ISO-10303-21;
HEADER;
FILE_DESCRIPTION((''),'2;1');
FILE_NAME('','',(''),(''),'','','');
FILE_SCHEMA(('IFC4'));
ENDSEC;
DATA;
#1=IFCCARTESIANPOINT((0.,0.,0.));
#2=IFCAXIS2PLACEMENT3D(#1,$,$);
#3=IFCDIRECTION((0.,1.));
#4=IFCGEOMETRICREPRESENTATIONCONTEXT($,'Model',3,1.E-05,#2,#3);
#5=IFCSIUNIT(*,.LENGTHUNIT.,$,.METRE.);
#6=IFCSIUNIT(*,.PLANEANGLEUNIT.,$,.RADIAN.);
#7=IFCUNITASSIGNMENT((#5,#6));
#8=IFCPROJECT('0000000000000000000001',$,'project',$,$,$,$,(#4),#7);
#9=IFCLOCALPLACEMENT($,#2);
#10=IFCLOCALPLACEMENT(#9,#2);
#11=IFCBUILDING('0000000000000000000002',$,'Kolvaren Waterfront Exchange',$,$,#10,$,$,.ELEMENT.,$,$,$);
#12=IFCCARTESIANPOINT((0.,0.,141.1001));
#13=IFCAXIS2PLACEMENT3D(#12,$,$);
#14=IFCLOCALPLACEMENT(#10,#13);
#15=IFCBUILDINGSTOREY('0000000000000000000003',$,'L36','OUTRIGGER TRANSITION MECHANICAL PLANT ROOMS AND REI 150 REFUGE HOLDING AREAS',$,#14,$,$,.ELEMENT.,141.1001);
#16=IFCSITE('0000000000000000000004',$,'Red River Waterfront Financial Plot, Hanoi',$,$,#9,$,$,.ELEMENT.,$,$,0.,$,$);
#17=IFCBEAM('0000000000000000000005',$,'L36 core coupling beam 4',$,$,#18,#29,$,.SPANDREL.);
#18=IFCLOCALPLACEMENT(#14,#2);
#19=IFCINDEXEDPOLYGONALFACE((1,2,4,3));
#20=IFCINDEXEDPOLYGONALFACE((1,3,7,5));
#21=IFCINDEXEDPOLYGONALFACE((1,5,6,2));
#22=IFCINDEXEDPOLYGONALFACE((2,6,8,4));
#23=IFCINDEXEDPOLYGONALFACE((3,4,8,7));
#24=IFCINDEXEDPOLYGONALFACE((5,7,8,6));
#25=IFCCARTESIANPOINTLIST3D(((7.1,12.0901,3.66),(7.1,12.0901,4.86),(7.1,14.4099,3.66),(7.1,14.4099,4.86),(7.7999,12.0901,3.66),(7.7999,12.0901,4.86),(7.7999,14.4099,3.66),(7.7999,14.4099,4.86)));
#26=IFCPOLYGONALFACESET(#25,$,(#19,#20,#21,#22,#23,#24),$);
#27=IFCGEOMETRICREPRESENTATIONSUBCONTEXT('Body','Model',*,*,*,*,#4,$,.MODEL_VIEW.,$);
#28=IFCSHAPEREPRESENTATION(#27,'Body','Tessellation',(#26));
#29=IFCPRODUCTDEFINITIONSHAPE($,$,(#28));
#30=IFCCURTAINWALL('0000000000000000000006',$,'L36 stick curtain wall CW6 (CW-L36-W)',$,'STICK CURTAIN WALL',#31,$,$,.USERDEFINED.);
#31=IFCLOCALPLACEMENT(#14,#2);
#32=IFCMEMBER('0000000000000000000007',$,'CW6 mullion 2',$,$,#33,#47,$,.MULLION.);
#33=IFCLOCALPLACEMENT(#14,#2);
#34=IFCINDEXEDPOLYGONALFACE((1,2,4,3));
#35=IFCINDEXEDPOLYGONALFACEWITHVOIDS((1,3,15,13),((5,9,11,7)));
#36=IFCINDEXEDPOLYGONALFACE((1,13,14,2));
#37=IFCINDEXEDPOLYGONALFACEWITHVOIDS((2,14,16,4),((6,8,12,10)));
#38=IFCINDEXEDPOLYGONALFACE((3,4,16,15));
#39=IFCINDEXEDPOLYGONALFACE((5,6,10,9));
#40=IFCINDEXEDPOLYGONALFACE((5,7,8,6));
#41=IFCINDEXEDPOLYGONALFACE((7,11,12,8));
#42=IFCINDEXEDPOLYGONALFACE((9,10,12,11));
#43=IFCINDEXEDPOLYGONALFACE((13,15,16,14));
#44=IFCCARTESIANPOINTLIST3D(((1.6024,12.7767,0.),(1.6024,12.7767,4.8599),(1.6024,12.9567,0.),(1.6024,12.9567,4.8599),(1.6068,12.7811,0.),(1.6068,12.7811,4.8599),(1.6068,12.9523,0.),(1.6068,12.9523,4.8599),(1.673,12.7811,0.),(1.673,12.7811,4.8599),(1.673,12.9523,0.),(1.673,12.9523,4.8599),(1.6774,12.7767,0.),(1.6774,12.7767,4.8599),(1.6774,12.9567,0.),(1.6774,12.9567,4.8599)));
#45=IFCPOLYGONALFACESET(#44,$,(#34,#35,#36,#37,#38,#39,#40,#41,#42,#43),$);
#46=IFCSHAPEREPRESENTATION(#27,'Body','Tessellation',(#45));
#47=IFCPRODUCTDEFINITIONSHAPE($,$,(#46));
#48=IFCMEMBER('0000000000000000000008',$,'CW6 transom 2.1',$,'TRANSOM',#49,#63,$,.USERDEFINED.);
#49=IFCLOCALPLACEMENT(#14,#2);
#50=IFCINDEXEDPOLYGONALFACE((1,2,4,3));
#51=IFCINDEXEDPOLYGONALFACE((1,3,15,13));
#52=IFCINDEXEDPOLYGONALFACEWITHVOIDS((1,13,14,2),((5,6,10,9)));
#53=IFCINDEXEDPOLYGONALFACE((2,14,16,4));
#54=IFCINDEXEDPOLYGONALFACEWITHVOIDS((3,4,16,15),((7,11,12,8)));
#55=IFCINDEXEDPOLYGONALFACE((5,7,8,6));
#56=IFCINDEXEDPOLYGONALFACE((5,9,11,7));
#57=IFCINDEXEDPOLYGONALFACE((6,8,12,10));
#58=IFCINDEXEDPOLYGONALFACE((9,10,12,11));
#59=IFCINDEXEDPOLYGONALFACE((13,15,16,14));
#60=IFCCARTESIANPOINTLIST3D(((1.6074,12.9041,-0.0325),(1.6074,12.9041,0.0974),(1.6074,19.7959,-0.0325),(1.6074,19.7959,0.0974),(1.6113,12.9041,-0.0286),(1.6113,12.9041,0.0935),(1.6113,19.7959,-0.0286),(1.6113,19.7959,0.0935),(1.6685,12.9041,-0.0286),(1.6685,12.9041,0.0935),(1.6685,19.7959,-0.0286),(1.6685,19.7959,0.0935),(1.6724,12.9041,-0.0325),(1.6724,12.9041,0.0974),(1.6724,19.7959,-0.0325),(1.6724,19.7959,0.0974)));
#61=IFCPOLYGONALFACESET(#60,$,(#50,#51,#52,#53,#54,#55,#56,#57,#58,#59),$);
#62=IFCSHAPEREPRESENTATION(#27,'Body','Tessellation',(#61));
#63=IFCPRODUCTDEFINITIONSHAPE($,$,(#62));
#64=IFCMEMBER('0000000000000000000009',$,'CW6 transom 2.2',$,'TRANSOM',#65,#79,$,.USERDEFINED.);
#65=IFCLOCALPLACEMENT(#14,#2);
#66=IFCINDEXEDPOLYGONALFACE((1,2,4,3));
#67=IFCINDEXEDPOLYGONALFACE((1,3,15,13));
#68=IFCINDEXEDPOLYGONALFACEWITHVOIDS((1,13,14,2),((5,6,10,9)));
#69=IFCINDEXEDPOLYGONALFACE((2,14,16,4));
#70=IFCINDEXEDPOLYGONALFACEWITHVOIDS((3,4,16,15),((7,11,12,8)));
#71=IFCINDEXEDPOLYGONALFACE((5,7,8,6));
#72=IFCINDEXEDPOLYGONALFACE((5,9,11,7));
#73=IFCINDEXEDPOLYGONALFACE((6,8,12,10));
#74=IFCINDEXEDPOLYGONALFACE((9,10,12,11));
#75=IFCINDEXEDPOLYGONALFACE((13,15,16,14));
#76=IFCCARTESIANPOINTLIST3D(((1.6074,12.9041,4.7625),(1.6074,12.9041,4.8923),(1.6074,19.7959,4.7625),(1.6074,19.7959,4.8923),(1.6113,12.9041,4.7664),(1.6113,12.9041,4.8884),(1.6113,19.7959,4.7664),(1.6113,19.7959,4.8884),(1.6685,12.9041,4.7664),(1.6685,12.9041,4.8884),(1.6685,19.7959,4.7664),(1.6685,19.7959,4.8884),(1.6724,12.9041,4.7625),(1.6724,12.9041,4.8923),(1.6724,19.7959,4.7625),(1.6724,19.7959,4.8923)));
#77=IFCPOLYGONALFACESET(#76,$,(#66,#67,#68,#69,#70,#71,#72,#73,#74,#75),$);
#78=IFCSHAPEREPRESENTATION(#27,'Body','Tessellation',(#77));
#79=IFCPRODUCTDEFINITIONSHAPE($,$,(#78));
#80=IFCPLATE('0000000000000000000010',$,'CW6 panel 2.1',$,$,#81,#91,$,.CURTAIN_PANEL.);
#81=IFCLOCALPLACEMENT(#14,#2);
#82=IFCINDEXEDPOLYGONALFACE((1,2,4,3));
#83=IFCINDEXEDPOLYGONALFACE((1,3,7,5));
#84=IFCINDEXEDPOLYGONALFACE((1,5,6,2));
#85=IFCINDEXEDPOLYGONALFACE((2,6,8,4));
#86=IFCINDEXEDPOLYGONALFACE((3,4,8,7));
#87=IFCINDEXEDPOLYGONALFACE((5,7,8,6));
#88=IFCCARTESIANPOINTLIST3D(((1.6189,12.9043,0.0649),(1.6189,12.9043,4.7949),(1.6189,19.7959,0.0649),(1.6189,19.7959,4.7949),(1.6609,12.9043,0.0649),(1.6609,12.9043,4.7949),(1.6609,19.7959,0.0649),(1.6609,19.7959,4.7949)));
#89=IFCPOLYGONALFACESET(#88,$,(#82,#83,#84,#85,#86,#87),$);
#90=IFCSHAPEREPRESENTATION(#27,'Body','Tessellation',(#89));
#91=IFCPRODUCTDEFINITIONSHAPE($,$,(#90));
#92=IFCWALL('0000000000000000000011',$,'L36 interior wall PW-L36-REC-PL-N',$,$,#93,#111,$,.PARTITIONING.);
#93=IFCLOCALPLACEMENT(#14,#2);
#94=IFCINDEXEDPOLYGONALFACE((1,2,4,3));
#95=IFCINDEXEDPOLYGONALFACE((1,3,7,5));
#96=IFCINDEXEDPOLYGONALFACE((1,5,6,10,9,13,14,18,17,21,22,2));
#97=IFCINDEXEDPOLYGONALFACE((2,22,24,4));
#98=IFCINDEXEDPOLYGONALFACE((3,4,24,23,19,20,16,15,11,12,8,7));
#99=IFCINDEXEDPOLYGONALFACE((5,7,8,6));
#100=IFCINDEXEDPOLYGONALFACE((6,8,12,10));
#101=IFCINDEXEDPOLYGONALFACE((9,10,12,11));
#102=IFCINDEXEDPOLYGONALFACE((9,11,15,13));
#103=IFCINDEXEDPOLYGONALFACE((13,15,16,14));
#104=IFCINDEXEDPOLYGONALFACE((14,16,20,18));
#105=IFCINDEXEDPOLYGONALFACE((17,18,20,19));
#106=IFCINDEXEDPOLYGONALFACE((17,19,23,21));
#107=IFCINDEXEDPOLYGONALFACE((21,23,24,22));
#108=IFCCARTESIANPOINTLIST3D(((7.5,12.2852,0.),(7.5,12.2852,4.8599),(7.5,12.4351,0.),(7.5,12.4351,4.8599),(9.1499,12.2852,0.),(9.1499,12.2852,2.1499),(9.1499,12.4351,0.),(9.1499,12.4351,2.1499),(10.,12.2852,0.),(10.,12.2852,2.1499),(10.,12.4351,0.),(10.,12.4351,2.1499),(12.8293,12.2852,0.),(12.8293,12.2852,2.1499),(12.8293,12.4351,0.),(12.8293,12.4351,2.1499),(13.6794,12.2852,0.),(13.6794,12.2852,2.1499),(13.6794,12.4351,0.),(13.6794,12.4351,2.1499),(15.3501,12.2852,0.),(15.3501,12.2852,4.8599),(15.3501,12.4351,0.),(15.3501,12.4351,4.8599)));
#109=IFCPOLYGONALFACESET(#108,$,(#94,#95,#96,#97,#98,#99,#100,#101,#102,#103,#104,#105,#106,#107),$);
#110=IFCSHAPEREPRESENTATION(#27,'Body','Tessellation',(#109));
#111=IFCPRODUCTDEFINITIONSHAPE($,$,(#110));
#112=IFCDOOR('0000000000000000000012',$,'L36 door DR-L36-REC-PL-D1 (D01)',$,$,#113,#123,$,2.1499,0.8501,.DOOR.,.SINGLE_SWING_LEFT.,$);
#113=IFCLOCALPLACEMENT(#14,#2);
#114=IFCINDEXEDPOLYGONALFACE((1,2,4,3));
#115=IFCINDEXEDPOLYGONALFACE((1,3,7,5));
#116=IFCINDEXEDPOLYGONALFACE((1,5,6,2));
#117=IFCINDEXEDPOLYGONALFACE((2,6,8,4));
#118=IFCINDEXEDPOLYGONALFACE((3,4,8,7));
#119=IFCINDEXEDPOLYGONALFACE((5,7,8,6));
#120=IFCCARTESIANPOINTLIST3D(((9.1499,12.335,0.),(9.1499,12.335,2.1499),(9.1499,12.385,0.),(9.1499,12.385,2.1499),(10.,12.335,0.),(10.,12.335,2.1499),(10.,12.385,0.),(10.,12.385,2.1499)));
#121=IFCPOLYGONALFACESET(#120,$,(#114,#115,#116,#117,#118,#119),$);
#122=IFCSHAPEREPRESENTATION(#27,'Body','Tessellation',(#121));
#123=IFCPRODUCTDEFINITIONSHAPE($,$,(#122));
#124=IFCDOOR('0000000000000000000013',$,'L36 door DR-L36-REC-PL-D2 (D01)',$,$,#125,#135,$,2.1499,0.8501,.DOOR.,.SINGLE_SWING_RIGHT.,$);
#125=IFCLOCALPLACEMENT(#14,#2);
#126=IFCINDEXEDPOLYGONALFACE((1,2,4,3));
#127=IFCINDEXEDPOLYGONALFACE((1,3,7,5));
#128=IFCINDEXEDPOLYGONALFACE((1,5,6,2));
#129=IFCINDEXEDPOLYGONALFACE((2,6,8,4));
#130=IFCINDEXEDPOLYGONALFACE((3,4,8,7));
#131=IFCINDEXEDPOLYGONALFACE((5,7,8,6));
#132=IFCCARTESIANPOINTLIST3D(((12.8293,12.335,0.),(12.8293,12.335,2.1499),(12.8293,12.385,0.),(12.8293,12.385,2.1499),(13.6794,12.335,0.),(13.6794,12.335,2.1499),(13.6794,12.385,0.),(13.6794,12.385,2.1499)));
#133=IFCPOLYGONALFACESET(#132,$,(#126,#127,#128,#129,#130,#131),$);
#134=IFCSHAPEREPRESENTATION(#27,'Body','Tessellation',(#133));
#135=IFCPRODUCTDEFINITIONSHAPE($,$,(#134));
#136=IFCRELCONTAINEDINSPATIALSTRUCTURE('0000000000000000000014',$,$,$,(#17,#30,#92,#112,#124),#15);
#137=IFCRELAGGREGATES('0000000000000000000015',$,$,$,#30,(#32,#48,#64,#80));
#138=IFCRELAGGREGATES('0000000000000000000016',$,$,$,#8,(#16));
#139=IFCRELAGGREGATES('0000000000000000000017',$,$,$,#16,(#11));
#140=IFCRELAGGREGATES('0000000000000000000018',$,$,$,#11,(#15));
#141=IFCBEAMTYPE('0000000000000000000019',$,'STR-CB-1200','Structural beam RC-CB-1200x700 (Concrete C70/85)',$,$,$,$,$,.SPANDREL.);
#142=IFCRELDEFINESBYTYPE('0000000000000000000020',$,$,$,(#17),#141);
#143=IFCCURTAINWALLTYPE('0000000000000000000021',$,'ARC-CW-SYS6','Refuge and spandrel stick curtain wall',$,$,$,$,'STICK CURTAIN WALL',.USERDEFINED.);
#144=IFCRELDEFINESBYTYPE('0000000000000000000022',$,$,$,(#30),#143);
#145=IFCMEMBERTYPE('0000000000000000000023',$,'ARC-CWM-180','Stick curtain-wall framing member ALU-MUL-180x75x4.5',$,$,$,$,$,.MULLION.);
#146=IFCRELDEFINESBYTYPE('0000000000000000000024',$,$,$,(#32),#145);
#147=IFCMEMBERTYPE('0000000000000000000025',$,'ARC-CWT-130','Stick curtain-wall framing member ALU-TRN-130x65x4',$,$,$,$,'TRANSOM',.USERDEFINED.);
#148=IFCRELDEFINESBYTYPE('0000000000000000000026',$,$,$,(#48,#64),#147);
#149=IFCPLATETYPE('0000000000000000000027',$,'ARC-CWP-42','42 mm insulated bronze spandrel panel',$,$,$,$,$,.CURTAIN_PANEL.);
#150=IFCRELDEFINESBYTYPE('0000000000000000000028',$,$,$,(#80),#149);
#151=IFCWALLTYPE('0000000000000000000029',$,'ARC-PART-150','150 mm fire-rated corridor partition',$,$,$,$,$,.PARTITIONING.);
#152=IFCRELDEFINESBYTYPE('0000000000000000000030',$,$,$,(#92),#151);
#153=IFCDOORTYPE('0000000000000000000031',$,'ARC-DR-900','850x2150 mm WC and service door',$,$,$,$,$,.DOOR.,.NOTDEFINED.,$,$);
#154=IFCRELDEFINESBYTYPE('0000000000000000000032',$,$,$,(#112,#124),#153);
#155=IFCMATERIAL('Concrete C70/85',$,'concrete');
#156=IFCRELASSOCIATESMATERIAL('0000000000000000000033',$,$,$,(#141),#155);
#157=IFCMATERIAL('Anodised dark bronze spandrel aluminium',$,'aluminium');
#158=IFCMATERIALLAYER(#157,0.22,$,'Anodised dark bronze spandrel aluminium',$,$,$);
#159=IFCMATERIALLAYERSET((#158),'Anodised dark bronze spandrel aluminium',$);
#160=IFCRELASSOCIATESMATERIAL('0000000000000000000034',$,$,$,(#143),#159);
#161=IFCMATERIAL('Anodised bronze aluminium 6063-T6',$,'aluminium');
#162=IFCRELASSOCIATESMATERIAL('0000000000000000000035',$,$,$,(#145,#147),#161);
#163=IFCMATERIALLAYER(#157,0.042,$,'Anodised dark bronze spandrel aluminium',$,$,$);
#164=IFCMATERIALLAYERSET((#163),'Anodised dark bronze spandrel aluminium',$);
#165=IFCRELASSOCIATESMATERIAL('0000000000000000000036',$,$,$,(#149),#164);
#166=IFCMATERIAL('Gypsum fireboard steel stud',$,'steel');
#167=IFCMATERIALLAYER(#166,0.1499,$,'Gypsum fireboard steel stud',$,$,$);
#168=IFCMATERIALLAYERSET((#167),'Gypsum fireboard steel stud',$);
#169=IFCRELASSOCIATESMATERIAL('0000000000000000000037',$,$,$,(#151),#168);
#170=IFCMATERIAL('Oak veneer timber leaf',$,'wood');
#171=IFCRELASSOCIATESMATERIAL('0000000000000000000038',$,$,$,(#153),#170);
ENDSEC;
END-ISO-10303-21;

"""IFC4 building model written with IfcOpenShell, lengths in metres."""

from ifc_helpers import new_model, si_unit, direction, frame, frame_2d, origin, origin_with_axes, origin_2d, place, context, subcontext, project, spatial, rectangle, hollow_rectangle, extrude, source, transform, mapped, material, layer, layer_set, material_profile, profile_set, type_object, element, fill, aggregate, save


model = new_model("IFC4")

# Units and contexts
model_context = context("Model", 3, precision=1e-05, world=origin(), true_north=direction((0.0, 1.0)))
body_context = subcontext(model_context, "Body", "Model", "MODEL_VIEW")
ifc_project = project(units=[si_unit("LENGTHUNIT", "METRE"), si_unit("PLANEANGLEUNIT", "RADIAN")], contexts=[model_context])

# Site, building, storey
site_placement = place(None, origin())
site = spatial("IfcSite", under=ifc_project, at=site_placement, Name="Red River Waterfront Financial Plot, Hanoi", CompositionType="ELEMENT", RefElevation=0.0)
building_placement = place(site_placement, origin())
building = spatial("IfcBuilding", under=site, at=building_placement, Name="Kolvaren Waterfront Exchange", CompositionType="ELEMENT")
storey_placement = place(building_placement, frame((0.0, 0.0, 141.1001)))
storey = spatial("IfcBuildingStorey", under=building, at=storey_placement, Name="L36", Description="OUTRIGGER TRANSITION MECHANICAL PLANT ROOMS AND REI 150 REFUGE HOLDING AREAS", CompositionType="ELEMENT", Elevation=141.1001)

# Beam
ifc_material_1 = material(Name="Concrete C70/85", Category="concrete")
ifc_material_profile_1 = material_profile(ifc_material_1, rectangle(XDim=0.7, YDim=1.2, at=origin_2d()), Name="RC-CB-1200x700")
ifc_profile_set_1 = profile_set([ifc_material_profile_1], Name="Concrete C70/85")
beam_type = type_object("IfcBeamType", Name="STR-CB-1200", Description="Structural beam RC-CB-1200x700 (Concrete C70/85)", PredefinedType="SPANDREL", material=ifc_profile_set_1)
beam_placement = place(storey_placement, frame((7.45, 12.0901, 4.26), z_axis=(0.0, 1.0, 0.0), x_axis=(-1.0, 0.0, 0.0)))
element("IfcBeam", 1, at=beam_placement, inside=storey, type_object=beam_type, Name="L36 core coupling beam 4", PredefinedType="SPANDREL", context=body_context, shape_type="SweptSolid", body=[
    extrude(rectangle(XDim=0.7, YDim=1.2, at=origin_2d()), origin(), (0.0, 0.0, 1.0), 2.3198),
])

# Curtain wall, members, plate
ifc_material_2 = material(Name="Anodised dark bronze spandrel aluminium", Category="aluminium")
ifc_layer_1 = layer(ifc_material_2, 0.22, Name="Anodised dark bronze spandrel aluminium")
ifc_layer_set_1 = layer_set([ifc_layer_1], Name="Anodised dark bronze spandrel aluminium")
curtain_wall_type = type_object("IfcCurtainWallType", Name="ARC-CW-SYS6", Description="Refuge and spandrel stick curtain wall", ElementType="STICK CURTAIN WALL", PredefinedType="USERDEFINED", material=ifc_layer_set_1)
curtain_wall_placement = place(storey_placement, origin())
curtain_wall = element("IfcCurtainWall", 2, at=curtain_wall_placement, inside=storey, type_object=curtain_wall_type, Name="L36 stick curtain wall CW6 (CW-L36-W)", ObjectType="STICK CURTAIN WALL", PredefinedType="USERDEFINED")
ifc_material_3 = material(Name="Anodised bronze aluminium 6063-T6", Category="aluminium")
ifc_material_profile_2 = material_profile(ifc_material_3, hollow_rectangle(XDim=0.075, YDim=0.1799, WallThickness=0.0044, at=origin_2d()), Name="ALU-MUL-180x75x4.5")
ifc_profile_set_2 = profile_set([ifc_material_profile_2], Name="Anodised bronze aluminium 6063-T6")
member_type_1 = type_object("IfcMemberType", Name="ARC-CWM-180", Description="Stick curtain-wall framing member ALU-MUL-180x75x4.5", PredefinedType="MULLION", material=ifc_profile_set_2)
shared_shape_1 = source(origin_with_axes(), body_context, "Body", "SweptSolid", [
    extrude(hollow_rectangle(XDim=0.075, YDim=0.1799, WallThickness=0.0044, at=origin_2d()), origin(), (0.0, 0.0, 1.0), 4.8599),
])
member_1_placement = place(storey_placement, frame((1.6399, 12.8667, 0.0), z_axis=(0.0, 0.0, 1.0), x_axis=(-1.0, 0.0, 0.0)))
member_1 = element("IfcMember", 3, at=member_1_placement, type_object=member_type_1, Name="CW6 mullion 2", PredefinedType="MULLION", context=body_context, shape_type="MappedRepresentation", body=[
    mapped(shared_shape_1, transform((0.0, 0.0, 0.0), x_axis=(1.0, 0.0, 0.0), y_axis=(0.0, 1.0, 0.0), z_axis=(0.0, 0.0, 1.0), scale=1.0)),
])
ifc_material_profile_3 = material_profile(ifc_material_3, hollow_rectangle(XDim=0.0649, YDim=0.1299, WallThickness=0.0039, at=origin_2d()), Name="ALU-TRN-130x65x4")
ifc_profile_set_3 = profile_set([ifc_material_profile_3], Name="Anodised bronze aluminium 6063-T6")
member_type_2 = type_object("IfcMemberType", Name="ARC-CWT-130", Description="Stick curtain-wall framing member ALU-TRN-130x65x4", ElementType="TRANSOM", PredefinedType="USERDEFINED", material=ifc_profile_set_3)
shared_shape_2 = source(origin_with_axes(), body_context, "Body", "SweptSolid", [
    extrude(hollow_rectangle(XDim=0.0649, YDim=0.1299, WallThickness=0.0039, at=origin_2d()), origin(), (0.0, 0.0, 1.0), 6.8918),
])
member_2_placement = place(storey_placement, frame((1.6399, 12.9041, 0.0325), z_axis=(0.0, 1.0, 0.0), x_axis=(-1.0, 0.0, 0.0)))
member_2 = element("IfcMember", 4, at=member_2_placement, type_object=member_type_2, Name="CW6 transom 2.1", ObjectType="TRANSOM", PredefinedType="USERDEFINED", context=body_context, shape_type="MappedRepresentation", body=[
    mapped(shared_shape_2, transform((0.0, 0.0, 0.0), x_axis=(1.0, 0.0, 0.0), y_axis=(0.0, 1.0, 0.0), z_axis=(0.0, 0.0, 1.0), scale=1.0)),
])
member_3_placement = place(storey_placement, frame((1.6399, 12.9041, 4.8274), z_axis=(0.0, 1.0, 0.0), x_axis=(-1.0, 0.0, 0.0)))
member_3 = element("IfcMember", 5, at=member_3_placement, type_object=member_type_2, Name="CW6 transom 2.2", ObjectType="TRANSOM", PredefinedType="USERDEFINED", context=body_context, shape_type="MappedRepresentation", body=[
    mapped(shared_shape_2, transform((0.0, 0.0, 0.0), x_axis=(1.0, 0.0, 0.0), y_axis=(0.0, 1.0, 0.0), z_axis=(0.0, 0.0, 1.0), scale=1.0)),
])
ifc_layer_2 = layer(ifc_material_2, 0.042, Name="Anodised dark bronze spandrel aluminium")
ifc_layer_set_2 = layer_set([ifc_layer_2], Name="Anodised dark bronze spandrel aluminium")
plate_type = type_object("IfcPlateType", Name="ARC-CWP-42", Description="42 mm insulated bronze spandrel panel", PredefinedType="CURTAIN_PANEL", material=ifc_layer_set_2)
shared_shape_3 = source(origin_with_axes(), body_context, "Body", "SweptSolid", [
    extrude(rectangle(XDim=6.8916, YDim=0.042, at=origin_2d()), origin(), (0.0, 0.0, 1.0), 4.73),
])
plate_placement = place(storey_placement, frame((1.6399, 16.3501, 0.0649), z_axis=(0.0, 0.0, 1.0), x_axis=(0.0, 1.0, 0.0)))
plate = element("IfcPlate", 6, at=plate_placement, type_object=plate_type, Name="CW6 panel 2.1", PredefinedType="CURTAIN_PANEL", context=body_context, shape_type="MappedRepresentation", body=[
    mapped(shared_shape_3, transform((0.0, 0.0, 0.0), x_axis=(1.0, 0.0, 0.0), y_axis=(0.0, 1.0, 0.0), z_axis=(0.0, 0.0, 1.0), scale=1.0)),
])
aggregate(curtain_wall, [member_1, member_2, member_3, plate])

# Wall, openings, doors
ifc_material_4 = material(Name="Gypsum fireboard steel stud", Category="steel")
ifc_layer_3 = layer(ifc_material_4, 0.1499, Name="Gypsum fireboard steel stud")
ifc_layer_set_3 = layer_set([ifc_layer_3], Name="Gypsum fireboard steel stud")
wall_type_1 = type_object("IfcWallType", Name="ARC-PART-150", Description="150 mm fire-rated corridor partition", PredefinedType="PARTITIONING", material=ifc_layer_set_3)
wall_1_placement = place(storey_placement, frame((7.5, 12.3601, 0.0), z_axis=(0.0, 0.0, 1.0), x_axis=(1.0, 0.0, 0.0)))
wall_1 = element("IfcWall", 7, at=wall_1_placement, inside=storey, type_object=wall_type_1, Name="L36 interior wall PW-L36-REC-PL-N", PredefinedType="PARTITIONING", context=body_context, shape_type="SweptSolid", body=[
    extrude(rectangle(XDim=7.8501, YDim=0.1499, at=frame_2d((3.925, 0.0))), origin(), (0.0, 0.0, 1.0), 4.8599),
])
opening_1_placement = place(wall_1_placement, frame((1.6499, 0.0, 0.0)))
opening_1 = element("IfcOpeningElement", 8, at=opening_1_placement, cuts=wall_1, PredefinedType="OPENING", context=body_context, shape_type="SweptSolid", body=[
    extrude(rectangle(XDim=0.8501, YDim=2.1499, at=frame_2d((0.425, 1.075))), frame((0.0, 0.085, 0.0), z_axis=(0.0, -1.0, 0.0), x_axis=(1.0, 0.0, 0.0)), (0.0, 0.0, 1.0), 0.1699),
])
opening_2_placement = place(wall_1_placement, frame((5.3293, 0.0, 0.0)))
opening_2 = element("IfcOpeningElement", 9, at=opening_2_placement, cuts=wall_1, PredefinedType="OPENING", context=body_context, shape_type="SweptSolid", body=[
    extrude(rectangle(XDim=0.8501, YDim=2.1499, at=frame_2d((0.425, 1.075))), frame((0.0, 0.085, 0.0), z_axis=(0.0, -1.0, 0.0), x_axis=(1.0, 0.0, 0.0)), (0.0, 0.0, 1.0), 0.1699),
])
ifc_material_5 = material(Name="Oak veneer timber leaf", Category="wood")
door_type_1 = type_object("IfcDoorType", Name="ARC-DR-900", Description="850x2150 mm WC and service door", OperationType="NOTDEFINED", PredefinedType="DOOR", material=ifc_material_5)
door_1_placement = place(opening_1_placement, origin())
door_1 = element("IfcDoor", 10, at=door_1_placement, inside=storey, type_object=door_type_1, Name="L36 door DR-L36-REC-PL-D1 (D01)", OperationType="SINGLE_SWING_LEFT", OverallHeight=2.1499, OverallWidth=0.8501, PredefinedType="DOOR", context=body_context, shape_type="SweptSolid", body=[
    extrude(rectangle(XDim=0.8501, YDim=2.1499, at=frame_2d((0.425, 1.075))), frame((0.0, 0.0249, 0.0), z_axis=(0.0, -1.0, 0.0), x_axis=(1.0, 0.0, 0.0)), (0.0, 0.0, 1.0), 0.05),
])
fill(opening_1, door_1)
door_2_placement = place(opening_2_placement, origin())
door_2 = element("IfcDoor", 11, at=door_2_placement, inside=storey, type_object=door_type_1, Name="L36 door DR-L36-REC-PL-D2 (D01)", OperationType="SINGLE_SWING_RIGHT", OverallHeight=2.1499, OverallWidth=0.8501, PredefinedType="DOOR", context=body_context, shape_type="SweptSolid", body=[
    extrude(rectangle(XDim=0.8501, YDim=2.1499, at=frame_2d((0.425, 1.075))), frame((0.0, 0.0249, 0.0), z_axis=(0.0, -1.0, 0.0), x_axis=(1.0, 0.0, 0.0)), (0.0, 0.0, 1.0), 0.05),
])
fill(opening_2, door_2)

save(model, "model.ifc")
